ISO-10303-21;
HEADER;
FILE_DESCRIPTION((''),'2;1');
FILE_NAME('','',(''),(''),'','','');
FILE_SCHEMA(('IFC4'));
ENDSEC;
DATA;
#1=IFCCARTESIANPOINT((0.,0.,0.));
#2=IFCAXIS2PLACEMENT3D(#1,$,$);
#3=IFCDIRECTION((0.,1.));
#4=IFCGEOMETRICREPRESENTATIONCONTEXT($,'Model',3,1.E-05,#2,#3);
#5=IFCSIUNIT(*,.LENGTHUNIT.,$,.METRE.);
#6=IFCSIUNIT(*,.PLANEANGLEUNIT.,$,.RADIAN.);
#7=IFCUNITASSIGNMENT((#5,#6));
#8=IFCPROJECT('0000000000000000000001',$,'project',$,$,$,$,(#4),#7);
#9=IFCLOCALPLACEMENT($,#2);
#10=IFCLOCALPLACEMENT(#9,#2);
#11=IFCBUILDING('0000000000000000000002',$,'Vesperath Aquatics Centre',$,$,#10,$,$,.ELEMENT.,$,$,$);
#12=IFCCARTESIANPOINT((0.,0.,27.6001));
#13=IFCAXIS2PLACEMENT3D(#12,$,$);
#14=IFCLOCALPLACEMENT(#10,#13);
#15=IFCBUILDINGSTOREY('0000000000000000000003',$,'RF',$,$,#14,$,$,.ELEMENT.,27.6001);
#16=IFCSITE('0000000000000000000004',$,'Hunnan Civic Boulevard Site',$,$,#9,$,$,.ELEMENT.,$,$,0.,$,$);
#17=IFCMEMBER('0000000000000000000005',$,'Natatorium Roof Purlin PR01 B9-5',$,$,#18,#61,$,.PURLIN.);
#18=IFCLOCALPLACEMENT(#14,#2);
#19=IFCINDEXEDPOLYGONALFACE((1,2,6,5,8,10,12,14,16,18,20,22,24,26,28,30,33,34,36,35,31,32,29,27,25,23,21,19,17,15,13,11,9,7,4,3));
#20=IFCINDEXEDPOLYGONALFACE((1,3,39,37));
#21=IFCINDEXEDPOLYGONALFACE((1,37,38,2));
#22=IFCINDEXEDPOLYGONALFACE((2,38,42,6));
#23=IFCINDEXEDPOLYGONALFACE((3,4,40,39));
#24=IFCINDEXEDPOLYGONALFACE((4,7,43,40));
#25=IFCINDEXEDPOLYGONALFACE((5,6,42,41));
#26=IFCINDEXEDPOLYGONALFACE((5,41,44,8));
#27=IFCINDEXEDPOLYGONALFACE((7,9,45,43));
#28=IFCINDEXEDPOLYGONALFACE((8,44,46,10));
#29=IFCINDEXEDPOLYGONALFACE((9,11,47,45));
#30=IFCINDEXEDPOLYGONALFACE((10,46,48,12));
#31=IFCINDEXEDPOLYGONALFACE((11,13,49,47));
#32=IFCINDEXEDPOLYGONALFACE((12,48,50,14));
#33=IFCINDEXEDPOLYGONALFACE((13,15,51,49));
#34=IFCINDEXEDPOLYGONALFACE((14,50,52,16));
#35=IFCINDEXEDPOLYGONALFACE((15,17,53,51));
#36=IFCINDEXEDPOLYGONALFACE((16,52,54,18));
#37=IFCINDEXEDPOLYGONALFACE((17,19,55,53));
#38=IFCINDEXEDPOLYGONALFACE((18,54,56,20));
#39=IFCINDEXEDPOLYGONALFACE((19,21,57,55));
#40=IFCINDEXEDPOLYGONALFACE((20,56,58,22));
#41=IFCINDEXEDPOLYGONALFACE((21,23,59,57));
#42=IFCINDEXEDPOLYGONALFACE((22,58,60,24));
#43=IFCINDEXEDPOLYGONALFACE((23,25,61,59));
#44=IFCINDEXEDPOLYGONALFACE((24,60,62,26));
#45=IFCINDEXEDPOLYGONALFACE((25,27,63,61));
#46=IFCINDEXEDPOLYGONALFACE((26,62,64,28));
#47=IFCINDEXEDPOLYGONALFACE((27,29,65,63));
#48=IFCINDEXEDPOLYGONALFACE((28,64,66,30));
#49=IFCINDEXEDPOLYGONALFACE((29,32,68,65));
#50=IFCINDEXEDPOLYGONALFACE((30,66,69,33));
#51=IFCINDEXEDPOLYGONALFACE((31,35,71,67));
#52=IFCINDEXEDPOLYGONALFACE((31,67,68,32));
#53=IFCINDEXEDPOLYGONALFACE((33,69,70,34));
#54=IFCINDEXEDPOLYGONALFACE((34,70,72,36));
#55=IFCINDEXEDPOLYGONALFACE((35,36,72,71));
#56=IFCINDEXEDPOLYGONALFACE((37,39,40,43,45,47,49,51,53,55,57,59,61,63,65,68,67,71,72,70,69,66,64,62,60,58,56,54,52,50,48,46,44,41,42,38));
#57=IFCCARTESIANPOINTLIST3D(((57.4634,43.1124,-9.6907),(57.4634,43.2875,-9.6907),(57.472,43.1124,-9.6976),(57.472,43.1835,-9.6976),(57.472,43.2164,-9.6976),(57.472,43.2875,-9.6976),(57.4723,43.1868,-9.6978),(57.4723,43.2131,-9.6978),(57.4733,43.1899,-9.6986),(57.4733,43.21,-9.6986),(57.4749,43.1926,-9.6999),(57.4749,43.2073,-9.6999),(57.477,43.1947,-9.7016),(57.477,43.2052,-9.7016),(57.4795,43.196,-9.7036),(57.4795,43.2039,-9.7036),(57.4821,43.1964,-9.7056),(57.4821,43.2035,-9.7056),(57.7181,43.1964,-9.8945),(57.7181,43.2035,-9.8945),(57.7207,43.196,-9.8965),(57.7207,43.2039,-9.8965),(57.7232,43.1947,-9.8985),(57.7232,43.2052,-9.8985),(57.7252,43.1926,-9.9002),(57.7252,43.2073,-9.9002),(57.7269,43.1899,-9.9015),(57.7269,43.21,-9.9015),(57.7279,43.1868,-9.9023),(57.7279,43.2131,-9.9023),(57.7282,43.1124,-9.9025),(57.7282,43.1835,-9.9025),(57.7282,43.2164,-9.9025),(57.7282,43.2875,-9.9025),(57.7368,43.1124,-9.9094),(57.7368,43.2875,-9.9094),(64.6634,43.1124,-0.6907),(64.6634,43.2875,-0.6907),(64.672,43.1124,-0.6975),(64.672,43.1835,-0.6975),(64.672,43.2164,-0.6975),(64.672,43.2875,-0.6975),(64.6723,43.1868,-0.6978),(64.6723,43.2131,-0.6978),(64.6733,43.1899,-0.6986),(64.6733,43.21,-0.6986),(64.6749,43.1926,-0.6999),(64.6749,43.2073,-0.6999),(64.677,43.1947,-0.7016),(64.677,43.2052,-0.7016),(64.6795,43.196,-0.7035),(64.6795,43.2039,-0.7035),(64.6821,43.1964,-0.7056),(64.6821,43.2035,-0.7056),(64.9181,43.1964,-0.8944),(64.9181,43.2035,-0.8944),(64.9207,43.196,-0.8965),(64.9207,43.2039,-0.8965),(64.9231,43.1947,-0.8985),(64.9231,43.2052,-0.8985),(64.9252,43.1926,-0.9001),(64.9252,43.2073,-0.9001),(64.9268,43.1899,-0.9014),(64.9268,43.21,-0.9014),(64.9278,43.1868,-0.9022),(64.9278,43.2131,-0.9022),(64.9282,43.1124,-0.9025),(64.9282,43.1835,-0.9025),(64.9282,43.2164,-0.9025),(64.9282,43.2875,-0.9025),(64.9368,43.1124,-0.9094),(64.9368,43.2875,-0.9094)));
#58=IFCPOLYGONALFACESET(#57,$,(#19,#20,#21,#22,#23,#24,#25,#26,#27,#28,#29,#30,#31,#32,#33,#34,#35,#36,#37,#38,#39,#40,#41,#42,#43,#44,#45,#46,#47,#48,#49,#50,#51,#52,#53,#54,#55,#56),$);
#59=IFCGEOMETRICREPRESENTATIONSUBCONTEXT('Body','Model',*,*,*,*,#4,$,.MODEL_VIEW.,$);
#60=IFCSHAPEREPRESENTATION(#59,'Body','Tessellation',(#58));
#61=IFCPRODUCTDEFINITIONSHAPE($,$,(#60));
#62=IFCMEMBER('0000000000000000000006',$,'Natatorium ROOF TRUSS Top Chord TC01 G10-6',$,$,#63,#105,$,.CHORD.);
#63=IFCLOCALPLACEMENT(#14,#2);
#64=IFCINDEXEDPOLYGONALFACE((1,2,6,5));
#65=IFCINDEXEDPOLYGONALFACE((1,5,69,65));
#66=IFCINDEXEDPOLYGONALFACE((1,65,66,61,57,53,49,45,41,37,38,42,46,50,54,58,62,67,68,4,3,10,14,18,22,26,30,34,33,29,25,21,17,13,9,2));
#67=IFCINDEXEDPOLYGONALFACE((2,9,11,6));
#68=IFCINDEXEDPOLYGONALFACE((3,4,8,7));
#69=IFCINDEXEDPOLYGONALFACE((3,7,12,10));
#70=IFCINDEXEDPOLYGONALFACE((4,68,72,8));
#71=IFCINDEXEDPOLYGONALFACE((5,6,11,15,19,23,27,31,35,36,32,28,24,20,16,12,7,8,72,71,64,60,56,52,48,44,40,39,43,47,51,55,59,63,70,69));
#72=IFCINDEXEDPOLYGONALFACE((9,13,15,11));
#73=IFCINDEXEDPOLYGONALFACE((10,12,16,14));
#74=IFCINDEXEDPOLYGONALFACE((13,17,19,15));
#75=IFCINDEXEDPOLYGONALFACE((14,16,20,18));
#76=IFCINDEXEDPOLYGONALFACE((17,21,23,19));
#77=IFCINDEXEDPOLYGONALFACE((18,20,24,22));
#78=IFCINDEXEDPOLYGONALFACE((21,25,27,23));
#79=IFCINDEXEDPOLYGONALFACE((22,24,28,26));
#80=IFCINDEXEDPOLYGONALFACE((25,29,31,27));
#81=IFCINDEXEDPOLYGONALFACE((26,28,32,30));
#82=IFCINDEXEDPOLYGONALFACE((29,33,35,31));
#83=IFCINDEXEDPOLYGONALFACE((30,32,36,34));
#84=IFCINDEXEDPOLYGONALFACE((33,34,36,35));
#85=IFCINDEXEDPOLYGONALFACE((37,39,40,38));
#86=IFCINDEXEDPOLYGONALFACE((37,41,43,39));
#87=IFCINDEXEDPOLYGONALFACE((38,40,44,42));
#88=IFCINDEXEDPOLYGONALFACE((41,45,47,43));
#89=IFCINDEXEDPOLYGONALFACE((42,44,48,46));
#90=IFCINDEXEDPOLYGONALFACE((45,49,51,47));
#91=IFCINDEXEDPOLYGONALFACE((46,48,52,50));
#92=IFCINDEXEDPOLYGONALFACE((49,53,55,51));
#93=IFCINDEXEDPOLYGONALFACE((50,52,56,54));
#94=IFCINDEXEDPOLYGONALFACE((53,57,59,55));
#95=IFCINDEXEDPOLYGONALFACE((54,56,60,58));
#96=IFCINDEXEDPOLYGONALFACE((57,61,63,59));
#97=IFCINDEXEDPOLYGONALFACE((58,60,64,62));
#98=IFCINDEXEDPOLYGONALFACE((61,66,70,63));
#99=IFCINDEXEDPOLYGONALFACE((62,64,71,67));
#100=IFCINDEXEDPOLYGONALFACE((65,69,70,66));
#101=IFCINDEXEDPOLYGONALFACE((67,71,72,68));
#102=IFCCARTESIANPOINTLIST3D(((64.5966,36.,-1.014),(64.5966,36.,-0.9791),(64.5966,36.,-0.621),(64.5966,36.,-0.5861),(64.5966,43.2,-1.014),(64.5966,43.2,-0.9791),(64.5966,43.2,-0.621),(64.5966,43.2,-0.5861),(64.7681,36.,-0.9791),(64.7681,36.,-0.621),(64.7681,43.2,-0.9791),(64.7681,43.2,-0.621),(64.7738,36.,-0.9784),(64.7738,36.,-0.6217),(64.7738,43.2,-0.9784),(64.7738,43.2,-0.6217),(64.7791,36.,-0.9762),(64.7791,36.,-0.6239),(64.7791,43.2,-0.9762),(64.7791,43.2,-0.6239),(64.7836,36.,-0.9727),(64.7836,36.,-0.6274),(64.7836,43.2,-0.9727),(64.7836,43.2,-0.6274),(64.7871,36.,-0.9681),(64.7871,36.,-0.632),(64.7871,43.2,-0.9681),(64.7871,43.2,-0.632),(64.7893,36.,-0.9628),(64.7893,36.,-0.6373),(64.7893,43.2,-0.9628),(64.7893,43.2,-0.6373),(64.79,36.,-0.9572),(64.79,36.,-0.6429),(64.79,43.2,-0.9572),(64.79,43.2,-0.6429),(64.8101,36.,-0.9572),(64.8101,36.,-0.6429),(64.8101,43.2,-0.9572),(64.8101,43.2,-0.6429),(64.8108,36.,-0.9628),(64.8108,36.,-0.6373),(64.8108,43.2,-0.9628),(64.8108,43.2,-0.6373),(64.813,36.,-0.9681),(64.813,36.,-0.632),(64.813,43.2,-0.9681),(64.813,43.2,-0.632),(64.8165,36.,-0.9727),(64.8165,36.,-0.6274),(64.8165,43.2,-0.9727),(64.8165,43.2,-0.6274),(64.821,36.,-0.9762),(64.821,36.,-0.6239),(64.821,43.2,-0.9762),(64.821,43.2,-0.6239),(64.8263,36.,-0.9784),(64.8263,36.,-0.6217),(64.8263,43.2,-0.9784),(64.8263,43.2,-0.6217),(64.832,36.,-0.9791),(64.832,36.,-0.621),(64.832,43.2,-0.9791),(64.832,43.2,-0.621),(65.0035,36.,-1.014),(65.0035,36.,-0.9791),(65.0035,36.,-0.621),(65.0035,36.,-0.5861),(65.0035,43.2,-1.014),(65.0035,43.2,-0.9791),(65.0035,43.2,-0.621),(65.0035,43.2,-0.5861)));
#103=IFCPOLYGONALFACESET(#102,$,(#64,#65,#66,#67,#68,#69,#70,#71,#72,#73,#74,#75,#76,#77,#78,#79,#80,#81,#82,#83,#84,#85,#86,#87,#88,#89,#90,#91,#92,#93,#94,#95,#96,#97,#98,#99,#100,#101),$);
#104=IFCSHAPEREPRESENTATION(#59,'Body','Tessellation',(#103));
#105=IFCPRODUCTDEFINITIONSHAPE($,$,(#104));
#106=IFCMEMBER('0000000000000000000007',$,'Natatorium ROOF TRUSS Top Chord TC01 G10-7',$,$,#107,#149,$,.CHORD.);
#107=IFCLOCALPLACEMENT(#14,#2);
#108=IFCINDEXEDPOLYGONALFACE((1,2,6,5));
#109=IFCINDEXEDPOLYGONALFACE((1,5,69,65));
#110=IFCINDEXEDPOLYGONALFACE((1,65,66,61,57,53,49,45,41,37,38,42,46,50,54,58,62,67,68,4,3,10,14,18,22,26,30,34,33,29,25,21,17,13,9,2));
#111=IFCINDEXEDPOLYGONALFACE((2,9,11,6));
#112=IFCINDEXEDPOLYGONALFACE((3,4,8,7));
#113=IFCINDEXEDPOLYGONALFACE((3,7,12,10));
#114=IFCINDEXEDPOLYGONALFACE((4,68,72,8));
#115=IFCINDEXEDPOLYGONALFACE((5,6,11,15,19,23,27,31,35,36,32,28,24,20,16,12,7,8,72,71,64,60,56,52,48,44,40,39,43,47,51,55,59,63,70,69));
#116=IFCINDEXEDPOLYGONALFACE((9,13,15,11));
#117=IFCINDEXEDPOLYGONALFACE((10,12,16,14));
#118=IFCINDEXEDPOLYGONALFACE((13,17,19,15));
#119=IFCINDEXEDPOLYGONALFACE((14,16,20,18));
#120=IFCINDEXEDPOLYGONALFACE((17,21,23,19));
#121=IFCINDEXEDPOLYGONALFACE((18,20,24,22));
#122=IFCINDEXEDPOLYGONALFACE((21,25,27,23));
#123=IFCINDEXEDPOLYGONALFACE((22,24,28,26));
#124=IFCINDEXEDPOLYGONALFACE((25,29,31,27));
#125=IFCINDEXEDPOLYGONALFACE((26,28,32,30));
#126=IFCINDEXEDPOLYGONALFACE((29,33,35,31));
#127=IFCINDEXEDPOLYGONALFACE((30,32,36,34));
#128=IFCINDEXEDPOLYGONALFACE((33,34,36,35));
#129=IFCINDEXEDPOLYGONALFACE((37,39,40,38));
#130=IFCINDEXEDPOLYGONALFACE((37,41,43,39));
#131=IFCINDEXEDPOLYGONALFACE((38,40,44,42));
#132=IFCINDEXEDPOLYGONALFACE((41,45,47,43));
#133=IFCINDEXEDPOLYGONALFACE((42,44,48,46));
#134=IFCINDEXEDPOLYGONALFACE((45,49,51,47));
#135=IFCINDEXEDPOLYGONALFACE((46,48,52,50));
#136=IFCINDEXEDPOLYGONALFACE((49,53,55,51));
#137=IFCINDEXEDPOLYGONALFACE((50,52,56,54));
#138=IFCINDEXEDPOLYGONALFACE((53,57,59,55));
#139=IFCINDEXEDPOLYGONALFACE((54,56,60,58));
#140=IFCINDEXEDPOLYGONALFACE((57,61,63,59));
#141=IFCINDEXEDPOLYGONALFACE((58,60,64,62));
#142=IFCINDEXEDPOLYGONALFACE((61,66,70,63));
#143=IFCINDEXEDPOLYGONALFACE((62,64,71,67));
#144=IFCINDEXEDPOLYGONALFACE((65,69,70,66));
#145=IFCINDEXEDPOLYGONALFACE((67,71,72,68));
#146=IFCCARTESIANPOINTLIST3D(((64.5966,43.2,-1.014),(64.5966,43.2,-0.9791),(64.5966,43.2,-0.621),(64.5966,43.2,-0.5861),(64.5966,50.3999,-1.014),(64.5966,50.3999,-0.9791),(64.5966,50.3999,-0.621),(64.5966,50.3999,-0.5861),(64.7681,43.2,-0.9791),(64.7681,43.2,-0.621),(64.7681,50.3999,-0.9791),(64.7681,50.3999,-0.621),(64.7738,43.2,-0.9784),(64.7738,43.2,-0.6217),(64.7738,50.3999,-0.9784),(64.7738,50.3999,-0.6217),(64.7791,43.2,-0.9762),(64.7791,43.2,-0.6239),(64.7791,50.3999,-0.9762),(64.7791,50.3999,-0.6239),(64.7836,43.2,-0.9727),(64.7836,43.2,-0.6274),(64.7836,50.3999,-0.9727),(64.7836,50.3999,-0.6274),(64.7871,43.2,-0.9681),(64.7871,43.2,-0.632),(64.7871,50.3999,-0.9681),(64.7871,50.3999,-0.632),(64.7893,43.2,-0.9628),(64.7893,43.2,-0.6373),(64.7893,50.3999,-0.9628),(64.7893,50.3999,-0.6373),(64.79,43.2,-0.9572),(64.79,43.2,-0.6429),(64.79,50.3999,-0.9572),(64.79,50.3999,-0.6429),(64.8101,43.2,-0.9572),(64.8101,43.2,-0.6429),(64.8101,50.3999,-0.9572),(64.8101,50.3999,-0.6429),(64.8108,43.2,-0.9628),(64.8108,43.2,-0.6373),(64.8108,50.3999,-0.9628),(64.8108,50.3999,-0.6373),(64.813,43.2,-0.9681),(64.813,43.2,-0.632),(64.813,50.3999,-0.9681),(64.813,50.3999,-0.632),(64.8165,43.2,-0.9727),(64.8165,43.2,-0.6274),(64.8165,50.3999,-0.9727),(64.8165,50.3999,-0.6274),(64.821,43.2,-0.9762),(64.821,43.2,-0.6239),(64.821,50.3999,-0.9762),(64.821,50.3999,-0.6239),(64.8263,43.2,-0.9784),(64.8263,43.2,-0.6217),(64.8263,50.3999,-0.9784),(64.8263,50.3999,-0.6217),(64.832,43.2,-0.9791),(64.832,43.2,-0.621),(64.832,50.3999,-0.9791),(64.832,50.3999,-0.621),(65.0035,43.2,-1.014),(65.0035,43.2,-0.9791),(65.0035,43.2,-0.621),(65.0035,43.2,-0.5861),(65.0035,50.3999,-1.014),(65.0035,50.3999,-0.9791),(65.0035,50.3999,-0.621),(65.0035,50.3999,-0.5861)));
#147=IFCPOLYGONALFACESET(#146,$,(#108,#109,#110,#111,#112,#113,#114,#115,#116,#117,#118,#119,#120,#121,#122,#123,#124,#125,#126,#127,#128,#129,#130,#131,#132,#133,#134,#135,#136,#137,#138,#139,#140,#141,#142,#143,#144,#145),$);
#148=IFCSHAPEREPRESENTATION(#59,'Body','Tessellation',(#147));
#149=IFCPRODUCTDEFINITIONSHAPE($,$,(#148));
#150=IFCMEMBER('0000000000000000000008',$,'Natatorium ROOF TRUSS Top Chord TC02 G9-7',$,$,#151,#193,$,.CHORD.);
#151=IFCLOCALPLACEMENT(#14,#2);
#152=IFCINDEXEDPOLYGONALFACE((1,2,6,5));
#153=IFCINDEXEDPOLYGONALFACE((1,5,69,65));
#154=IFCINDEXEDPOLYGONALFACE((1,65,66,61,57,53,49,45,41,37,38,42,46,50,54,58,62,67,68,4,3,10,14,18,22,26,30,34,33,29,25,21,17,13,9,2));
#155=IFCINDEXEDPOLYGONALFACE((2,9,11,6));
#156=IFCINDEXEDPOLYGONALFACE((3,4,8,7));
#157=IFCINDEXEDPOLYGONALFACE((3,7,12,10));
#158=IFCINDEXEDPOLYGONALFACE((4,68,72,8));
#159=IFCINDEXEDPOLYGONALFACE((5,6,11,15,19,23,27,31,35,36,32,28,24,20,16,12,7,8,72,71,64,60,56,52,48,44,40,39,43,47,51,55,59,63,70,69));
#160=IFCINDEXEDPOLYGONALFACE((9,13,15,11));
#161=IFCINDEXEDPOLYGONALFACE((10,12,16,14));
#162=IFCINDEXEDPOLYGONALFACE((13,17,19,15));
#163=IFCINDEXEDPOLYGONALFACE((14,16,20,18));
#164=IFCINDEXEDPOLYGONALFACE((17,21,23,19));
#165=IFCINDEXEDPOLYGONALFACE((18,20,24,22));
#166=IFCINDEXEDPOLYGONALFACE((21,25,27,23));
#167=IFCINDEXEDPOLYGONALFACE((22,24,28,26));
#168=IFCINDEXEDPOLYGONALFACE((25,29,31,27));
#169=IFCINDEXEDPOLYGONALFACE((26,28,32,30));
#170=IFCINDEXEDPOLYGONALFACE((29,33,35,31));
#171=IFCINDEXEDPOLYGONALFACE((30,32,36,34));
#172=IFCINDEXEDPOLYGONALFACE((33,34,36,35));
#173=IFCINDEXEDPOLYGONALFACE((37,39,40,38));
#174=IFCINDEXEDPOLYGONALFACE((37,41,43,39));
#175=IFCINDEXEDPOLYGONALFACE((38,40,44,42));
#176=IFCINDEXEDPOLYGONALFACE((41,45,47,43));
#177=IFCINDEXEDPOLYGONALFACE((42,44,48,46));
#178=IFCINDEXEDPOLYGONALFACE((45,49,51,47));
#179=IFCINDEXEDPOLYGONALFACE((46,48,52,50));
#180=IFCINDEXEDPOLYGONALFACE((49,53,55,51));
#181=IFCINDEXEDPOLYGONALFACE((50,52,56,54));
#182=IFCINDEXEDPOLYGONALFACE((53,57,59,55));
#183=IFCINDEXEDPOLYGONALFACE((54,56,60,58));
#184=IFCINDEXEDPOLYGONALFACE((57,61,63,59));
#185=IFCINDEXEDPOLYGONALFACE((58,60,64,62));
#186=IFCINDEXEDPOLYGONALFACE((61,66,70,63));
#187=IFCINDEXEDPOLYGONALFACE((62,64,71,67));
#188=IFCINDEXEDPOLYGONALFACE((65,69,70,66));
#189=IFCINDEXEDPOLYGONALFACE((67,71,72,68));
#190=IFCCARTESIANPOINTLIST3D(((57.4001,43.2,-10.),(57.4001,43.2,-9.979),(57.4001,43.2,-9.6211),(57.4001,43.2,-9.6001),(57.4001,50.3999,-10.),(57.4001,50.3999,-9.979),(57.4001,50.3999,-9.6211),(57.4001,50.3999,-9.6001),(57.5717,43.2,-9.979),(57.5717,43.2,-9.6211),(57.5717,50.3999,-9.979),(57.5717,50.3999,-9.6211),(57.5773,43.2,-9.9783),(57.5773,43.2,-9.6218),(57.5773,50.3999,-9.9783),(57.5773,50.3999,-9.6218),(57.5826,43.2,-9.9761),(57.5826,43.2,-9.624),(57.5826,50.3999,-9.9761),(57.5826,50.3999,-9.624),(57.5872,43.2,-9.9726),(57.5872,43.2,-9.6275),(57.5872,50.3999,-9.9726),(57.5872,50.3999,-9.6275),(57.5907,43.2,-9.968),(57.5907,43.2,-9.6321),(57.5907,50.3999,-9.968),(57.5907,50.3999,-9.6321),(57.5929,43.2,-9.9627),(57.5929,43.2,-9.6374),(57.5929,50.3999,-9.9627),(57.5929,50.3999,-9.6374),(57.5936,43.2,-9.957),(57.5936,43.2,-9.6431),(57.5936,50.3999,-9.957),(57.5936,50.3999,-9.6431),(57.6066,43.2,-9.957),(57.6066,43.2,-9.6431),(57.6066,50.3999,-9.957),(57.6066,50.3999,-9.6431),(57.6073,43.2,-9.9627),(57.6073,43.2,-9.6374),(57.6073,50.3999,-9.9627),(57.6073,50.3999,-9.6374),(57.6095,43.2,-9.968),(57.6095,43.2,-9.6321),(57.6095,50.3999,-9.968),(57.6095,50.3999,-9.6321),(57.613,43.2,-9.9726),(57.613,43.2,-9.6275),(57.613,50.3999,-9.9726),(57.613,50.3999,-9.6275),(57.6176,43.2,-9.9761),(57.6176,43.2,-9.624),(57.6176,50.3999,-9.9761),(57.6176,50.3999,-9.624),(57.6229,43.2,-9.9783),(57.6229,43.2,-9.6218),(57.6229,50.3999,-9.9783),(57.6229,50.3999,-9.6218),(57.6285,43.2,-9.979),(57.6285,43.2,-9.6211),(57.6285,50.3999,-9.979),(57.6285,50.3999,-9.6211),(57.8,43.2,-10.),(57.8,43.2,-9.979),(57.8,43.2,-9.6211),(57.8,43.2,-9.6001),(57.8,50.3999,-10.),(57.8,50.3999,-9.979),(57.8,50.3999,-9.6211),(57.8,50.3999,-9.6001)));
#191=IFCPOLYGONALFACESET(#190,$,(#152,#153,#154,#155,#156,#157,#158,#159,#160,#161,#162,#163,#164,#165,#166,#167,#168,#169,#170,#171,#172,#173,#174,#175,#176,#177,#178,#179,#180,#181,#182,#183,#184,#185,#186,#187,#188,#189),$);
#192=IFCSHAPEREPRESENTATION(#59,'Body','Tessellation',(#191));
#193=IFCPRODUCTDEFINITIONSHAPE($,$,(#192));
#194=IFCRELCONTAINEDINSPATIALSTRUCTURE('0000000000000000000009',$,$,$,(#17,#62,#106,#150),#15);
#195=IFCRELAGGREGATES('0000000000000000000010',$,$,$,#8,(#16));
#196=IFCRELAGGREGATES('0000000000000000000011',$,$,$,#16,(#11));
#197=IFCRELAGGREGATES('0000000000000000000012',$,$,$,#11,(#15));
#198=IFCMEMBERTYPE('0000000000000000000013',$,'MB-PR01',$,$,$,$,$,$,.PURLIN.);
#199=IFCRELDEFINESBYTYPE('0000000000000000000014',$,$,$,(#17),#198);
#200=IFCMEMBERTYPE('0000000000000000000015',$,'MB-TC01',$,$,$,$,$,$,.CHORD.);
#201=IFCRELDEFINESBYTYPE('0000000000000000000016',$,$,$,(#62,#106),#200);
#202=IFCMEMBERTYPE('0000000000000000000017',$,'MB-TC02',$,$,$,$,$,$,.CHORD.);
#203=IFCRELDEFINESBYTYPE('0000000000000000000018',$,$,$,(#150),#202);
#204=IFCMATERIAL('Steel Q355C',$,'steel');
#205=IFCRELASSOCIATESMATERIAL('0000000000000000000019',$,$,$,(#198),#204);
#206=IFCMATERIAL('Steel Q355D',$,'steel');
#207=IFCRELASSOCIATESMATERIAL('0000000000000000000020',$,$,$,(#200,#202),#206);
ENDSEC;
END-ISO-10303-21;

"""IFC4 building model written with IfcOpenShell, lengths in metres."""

from ifc_helpers import new_model, si_unit, direction, frame, origin, origin_2d, place, context, subcontext, project, spatial, i_section, extrude, material, material_profile, profile_set, type_object, element, save


model = new_model("IFC4")

# Units and contexts
model_context = context("Model", 3, precision=1e-05, world=origin(), true_north=direction((0.0, 1.0)))
body_context = subcontext(model_context, "Body", "Model", "MODEL_VIEW")
ifc_project = project(units=[si_unit("LENGTHUNIT", "METRE"), si_unit("PLANEANGLEUNIT", "RADIAN")], contexts=[model_context])

# Site, building, storey
site_placement = place(None, origin())
site = spatial("IfcSite", under=ifc_project, at=site_placement, Name="Hunnan Civic Boulevard Site", CompositionType="ELEMENT", RefElevation=0.0)
building_placement = place(site_placement, origin())
building = spatial("IfcBuilding", under=site, at=building_placement, Name="Vesperath Aquatics Centre", CompositionType="ELEMENT")
storey_placement = place(building_placement, frame((0.0, 0.0, 27.6001)))
storey = spatial("IfcBuildingStorey", under=building, at=storey_placement, Name="RF", CompositionType="ELEMENT", Elevation=27.6001)

# Shared definitions
ifc_material_1 = material(Name="Steel Q355C", Category="steel")

# Members
ifc_material_2 = material(Name="Steel Q355D", Category="steel")
ifc_material_profile_1 = material_profile(ifc_material_1, i_section(OverallWidth=0.175, OverallDepth=0.3501, WebThickness=0.0071, FlangeThickness=0.011, FilletRadius=0.0129, at=origin_2d()), Name="HN 350x175x7x11")
ifc_profile_set_1 = profile_set([ifc_material_profile_1], Name="Steel Q355C")
member_type_1 = type_object("IfcMemberType", Name="MB-PR01", PredefinedType="PURLIN", material=ifc_profile_set_1)
member_1_placement = place(storey_placement, frame((57.6001, 43.2, -9.8), z_axis=(0.624692, 0.0, 0.780871), x_axis=(0.0, 1.0, 0.0)))
element("IfcMember", 1, at=member_1_placement, inside=storey, type_object=member_type_1, Name="Natatorium Roof Purlin PR01 B9-5", PredefinedType="PURLIN", context=body_context, shape_type="SweptSolid", body=[
    extrude(i_section(OverallWidth=0.175, OverallDepth=0.3501, WebThickness=0.0071, FlangeThickness=0.011, FilletRadius=0.0129, at=origin_2d()), origin(), (0.0, 0.0, 1.0), 11.5256),
])
ifc_material_profile_2 = material_profile(ifc_material_2, i_section(OverallWidth=0.407, OverallDepth=0.428, WebThickness=0.02, FlangeThickness=0.0349, FilletRadius=0.022, at=origin_2d()), Name="HW 428x407x20x35")
ifc_profile_set_2 = profile_set([ifc_material_profile_2], Name="Steel Q355D")
member_type_2 = type_object("IfcMemberType", Name="MB-TC01", PredefinedType="CHORD", material=ifc_profile_set_2)
for number, where, z_axis, x_axis, name in (
    (2, (64.8, 36.0, -0.8), (0.0, 1.0, 0.0), (-1.0, 0.0, 0.0), "Natatorium ROOF TRUSS Top Chord TC01 G10-6"),
    (3, (64.8, 43.2, -0.8), (0.0, 1.0, 0.0), (-1.0, 0.0, 0.0), "Natatorium ROOF TRUSS Top Chord TC01 G10-7"),
):
    element("IfcMember", number, at=place(storey_placement, frame(where, z_axis=z_axis, x_axis=x_axis)), inside=storey, type_object=member_type_2, Name=name, PredefinedType="CHORD", context=body_context, shape_type="SweptSolid", body=[
        extrude(i_section(OverallWidth=0.407, OverallDepth=0.428, WebThickness=0.02, FlangeThickness=0.0349, FilletRadius=0.022, at=origin_2d()), origin(), (0.0, 0.0, 1.0), 7.2),
    ])
ifc_material_profile_3 = material_profile(ifc_material_2, i_section(OverallWidth=0.3999, OverallDepth=0.3999, WebThickness=0.0129, FlangeThickness=0.021, FilletRadius=0.022, at=origin_2d()), Name="HW 400x400x13x21")
ifc_profile_set_3 = profile_set([ifc_material_profile_3], Name="Steel Q355D")
member_type_3 = type_object("IfcMemberType", Name="MB-TC02", PredefinedType="CHORD", material=ifc_profile_set_3)
member_2_placement = place(storey_placement, frame((57.6001, 43.2, -9.8), z_axis=(0.0, 1.0, 0.0), x_axis=(-1.0, 0.0, 0.0)))
element("IfcMember", 4, at=member_2_placement, inside=storey, type_object=member_type_3, Name="Natatorium ROOF TRUSS Top Chord TC02 G9-7", PredefinedType="CHORD", context=body_context, shape_type="SweptSolid", body=[
    extrude(i_section(OverallWidth=0.3999, OverallDepth=0.3999, WebThickness=0.0129, FlangeThickness=0.021, FilletRadius=0.022, at=origin_2d()), origin(), (0.0, 0.0, 1.0), 7.2),
])

save(model, "model.ifc")
